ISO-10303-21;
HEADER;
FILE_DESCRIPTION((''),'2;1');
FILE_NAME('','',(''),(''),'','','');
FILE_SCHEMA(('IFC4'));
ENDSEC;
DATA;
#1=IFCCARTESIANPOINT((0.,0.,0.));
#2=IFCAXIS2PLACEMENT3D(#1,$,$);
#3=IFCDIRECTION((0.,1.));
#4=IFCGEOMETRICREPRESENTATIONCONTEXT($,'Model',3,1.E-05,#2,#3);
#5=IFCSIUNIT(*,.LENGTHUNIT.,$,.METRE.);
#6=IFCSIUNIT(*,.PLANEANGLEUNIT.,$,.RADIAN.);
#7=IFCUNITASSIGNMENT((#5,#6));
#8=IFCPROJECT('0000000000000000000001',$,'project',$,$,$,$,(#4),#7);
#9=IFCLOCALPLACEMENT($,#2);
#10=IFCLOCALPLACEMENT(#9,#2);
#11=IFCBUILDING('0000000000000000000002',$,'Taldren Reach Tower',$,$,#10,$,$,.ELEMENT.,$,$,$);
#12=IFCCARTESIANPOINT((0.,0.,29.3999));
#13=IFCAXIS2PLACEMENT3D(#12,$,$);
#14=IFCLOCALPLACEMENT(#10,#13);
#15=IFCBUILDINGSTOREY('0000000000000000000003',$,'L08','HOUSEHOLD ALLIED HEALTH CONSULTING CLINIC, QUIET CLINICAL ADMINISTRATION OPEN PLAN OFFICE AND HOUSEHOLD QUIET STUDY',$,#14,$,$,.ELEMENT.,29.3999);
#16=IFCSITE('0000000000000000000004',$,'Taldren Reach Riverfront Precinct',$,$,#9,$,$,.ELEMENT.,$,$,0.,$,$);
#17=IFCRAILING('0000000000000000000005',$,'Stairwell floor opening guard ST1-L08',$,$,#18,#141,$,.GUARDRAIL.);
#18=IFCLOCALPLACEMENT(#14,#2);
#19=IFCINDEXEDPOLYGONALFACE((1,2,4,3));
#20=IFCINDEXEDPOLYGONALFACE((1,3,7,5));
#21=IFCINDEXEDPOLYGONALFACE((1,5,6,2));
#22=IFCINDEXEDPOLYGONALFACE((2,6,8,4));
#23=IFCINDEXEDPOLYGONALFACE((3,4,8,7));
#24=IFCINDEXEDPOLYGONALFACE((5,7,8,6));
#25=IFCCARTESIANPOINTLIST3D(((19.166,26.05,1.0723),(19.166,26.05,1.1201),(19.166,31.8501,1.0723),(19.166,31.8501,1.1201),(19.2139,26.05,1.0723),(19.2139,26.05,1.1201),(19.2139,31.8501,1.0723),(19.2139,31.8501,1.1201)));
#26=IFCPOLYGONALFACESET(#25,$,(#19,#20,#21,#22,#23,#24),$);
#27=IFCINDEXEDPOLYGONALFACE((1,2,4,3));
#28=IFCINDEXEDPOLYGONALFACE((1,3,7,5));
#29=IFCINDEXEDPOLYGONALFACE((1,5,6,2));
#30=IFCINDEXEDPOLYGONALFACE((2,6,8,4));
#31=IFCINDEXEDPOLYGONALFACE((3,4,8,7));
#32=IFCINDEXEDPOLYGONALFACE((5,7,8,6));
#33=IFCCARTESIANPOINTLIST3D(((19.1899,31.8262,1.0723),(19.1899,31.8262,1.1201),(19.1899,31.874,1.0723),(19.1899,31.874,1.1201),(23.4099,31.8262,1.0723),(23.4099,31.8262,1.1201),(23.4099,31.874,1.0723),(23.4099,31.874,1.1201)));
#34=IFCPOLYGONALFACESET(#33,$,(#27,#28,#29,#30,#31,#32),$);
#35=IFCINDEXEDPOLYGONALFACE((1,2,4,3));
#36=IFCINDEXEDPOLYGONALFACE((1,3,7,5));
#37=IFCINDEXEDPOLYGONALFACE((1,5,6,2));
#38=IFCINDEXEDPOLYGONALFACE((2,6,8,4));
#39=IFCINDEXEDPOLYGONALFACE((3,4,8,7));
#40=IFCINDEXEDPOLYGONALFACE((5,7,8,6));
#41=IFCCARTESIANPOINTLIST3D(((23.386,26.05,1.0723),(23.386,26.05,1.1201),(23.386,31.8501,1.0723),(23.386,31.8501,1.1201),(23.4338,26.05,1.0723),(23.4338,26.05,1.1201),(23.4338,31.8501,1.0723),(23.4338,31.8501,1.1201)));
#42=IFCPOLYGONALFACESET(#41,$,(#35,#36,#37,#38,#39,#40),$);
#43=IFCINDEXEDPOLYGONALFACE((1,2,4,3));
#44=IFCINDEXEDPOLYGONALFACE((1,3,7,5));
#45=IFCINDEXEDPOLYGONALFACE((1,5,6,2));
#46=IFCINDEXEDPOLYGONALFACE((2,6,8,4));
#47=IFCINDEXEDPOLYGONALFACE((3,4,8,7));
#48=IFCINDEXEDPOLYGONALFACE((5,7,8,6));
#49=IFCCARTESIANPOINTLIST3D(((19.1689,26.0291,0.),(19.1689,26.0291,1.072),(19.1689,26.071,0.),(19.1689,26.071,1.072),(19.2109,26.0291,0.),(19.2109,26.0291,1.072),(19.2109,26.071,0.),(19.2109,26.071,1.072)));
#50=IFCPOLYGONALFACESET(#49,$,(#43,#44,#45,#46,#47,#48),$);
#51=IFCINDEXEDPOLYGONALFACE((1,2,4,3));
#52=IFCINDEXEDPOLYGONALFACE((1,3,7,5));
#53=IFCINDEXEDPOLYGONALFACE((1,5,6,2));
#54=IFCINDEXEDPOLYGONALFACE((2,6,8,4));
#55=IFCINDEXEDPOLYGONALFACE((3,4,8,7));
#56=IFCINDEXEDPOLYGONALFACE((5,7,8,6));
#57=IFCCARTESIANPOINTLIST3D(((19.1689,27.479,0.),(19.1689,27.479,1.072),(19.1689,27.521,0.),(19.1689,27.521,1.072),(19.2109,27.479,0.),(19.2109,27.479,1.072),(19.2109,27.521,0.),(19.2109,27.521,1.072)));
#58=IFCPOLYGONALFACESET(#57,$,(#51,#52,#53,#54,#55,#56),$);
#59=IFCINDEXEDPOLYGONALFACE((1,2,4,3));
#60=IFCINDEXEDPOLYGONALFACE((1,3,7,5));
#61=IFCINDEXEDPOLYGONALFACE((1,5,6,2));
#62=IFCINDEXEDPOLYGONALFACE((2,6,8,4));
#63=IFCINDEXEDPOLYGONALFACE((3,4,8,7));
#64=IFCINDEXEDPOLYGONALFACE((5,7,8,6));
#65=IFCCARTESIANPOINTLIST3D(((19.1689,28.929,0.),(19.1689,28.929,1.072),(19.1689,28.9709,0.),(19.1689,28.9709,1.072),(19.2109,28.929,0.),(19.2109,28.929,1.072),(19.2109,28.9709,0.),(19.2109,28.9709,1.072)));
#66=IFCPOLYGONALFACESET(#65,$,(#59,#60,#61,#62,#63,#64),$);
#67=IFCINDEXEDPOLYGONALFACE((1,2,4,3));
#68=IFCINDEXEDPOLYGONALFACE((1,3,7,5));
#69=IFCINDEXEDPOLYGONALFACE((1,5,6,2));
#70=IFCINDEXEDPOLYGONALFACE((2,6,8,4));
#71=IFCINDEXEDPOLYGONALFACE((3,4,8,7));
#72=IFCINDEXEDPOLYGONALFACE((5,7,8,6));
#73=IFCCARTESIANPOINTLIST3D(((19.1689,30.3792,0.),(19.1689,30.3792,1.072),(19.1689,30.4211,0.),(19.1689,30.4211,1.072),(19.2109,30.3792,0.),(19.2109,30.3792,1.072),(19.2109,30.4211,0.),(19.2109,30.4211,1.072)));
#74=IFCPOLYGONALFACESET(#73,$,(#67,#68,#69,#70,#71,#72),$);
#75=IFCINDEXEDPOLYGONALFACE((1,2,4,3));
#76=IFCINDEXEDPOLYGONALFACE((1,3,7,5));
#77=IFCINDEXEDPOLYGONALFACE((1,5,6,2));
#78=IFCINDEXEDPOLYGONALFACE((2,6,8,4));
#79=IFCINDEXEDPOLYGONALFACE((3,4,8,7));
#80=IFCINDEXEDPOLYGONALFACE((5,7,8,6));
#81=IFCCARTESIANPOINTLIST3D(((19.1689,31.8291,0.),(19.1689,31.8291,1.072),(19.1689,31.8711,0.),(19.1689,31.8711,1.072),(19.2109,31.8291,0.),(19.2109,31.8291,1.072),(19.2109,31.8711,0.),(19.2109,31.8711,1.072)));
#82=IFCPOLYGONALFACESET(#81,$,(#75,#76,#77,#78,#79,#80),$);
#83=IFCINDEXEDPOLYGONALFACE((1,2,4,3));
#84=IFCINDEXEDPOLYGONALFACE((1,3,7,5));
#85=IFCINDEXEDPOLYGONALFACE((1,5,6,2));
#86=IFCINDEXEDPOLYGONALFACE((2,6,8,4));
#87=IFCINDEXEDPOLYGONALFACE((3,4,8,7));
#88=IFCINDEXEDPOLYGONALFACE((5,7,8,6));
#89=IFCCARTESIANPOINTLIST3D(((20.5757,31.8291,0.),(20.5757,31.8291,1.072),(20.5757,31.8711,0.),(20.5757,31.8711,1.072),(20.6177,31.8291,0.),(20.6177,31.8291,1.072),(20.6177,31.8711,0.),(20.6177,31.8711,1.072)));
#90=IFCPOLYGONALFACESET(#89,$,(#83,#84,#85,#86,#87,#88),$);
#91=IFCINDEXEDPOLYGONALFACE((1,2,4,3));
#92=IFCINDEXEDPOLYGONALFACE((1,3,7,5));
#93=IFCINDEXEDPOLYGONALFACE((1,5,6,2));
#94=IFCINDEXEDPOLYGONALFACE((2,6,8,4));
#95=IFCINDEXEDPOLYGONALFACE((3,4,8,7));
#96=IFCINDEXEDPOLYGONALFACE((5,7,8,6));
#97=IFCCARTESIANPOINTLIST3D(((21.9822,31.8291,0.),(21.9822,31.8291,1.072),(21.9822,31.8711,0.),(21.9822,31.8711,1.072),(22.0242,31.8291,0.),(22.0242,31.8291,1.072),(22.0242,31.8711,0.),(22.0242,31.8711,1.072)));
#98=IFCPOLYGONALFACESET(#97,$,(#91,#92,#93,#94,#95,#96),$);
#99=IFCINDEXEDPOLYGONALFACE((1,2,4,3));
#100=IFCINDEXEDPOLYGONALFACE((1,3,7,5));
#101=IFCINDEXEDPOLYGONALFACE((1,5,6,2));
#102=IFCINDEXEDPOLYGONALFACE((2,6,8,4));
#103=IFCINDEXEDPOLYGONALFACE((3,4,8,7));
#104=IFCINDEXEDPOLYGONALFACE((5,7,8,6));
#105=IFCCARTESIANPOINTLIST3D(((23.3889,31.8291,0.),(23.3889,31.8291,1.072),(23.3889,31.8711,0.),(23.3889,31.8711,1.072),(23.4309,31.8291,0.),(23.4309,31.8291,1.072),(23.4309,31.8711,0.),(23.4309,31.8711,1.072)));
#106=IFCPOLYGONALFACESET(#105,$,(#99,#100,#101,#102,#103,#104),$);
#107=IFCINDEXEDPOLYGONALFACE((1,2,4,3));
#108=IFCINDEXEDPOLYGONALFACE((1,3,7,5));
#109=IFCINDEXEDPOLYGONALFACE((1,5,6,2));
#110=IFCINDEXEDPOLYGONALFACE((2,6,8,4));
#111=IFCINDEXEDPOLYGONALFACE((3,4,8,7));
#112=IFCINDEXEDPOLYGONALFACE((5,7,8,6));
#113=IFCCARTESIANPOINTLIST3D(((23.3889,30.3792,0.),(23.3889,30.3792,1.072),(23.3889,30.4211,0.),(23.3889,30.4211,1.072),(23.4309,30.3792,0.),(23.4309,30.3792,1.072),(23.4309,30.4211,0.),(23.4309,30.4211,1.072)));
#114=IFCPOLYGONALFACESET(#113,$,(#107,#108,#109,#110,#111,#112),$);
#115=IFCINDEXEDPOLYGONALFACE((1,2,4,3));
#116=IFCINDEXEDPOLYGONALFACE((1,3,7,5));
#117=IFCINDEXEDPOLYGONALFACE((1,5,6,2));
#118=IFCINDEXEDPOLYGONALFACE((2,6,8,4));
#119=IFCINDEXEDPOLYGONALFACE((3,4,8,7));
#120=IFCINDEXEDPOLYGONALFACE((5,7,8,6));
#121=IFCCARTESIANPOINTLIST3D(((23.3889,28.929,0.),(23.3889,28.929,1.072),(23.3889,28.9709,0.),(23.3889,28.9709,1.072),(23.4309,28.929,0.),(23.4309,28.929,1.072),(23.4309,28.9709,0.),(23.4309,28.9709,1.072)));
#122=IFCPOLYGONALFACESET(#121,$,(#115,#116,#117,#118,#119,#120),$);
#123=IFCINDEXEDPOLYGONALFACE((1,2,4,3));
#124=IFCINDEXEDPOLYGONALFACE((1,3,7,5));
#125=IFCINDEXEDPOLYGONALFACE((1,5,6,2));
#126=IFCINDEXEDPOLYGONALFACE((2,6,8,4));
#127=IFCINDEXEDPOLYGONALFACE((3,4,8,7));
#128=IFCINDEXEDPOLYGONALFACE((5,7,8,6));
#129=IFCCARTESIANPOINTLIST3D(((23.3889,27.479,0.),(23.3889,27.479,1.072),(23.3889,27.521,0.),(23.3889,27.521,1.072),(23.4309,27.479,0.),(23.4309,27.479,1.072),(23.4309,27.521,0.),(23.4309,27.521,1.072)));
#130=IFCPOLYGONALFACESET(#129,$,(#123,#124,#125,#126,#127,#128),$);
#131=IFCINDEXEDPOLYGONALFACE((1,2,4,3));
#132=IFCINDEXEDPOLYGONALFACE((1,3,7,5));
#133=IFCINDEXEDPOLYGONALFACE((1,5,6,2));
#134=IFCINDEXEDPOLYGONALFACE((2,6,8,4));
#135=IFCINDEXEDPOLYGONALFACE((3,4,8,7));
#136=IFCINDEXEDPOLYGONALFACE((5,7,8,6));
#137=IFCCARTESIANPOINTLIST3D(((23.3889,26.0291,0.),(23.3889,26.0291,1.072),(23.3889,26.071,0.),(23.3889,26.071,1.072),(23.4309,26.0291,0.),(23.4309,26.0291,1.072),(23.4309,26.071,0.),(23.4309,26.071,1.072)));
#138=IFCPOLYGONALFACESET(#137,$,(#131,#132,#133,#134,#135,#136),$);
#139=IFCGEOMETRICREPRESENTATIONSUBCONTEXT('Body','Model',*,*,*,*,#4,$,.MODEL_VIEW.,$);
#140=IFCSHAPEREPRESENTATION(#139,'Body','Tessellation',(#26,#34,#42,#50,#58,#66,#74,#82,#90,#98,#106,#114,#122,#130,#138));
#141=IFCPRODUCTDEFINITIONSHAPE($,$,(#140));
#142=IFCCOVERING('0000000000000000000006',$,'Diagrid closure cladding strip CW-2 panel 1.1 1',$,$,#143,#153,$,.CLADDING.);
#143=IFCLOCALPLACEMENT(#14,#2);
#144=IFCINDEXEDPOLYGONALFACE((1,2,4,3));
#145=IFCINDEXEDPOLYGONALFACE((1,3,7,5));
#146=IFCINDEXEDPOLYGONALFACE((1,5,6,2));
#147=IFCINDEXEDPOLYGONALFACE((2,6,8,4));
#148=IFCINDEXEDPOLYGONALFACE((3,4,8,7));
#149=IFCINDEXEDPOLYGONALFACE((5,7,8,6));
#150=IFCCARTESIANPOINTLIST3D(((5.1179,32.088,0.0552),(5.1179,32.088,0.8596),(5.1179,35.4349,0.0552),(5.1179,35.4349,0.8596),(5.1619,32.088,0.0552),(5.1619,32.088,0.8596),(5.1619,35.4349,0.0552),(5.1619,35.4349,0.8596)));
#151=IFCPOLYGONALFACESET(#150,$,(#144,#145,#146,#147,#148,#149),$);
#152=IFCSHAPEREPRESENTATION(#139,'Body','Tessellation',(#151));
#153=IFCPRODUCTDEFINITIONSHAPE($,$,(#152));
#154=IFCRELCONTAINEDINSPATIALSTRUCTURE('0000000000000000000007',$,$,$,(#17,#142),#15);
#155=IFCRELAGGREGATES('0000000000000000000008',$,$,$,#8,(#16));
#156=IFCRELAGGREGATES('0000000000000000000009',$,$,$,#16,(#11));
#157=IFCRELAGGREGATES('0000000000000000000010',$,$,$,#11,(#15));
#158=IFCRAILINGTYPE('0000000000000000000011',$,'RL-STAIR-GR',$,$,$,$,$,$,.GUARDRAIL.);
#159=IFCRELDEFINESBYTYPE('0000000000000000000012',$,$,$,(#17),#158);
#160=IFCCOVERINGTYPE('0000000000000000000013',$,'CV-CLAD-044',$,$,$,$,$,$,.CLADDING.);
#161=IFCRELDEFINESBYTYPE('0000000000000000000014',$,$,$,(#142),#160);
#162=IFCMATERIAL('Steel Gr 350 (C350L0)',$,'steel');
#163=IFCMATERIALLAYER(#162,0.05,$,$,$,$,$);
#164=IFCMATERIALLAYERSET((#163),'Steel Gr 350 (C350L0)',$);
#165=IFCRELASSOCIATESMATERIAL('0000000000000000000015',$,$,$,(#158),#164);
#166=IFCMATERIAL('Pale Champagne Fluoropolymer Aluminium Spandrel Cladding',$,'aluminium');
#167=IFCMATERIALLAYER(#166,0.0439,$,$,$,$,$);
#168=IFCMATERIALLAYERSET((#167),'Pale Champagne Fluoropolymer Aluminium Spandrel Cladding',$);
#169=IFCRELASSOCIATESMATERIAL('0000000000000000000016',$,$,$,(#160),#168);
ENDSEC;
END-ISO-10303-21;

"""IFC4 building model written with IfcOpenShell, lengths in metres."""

from ifc_helpers import new_model, si_unit, direction, frame, origin, origin_2d, place, context, subcontext, project, spatial, rectangle, extrude, source, transform, mapped, material, layer, layer_set, type_object, element, save


model = new_model("IFC4")

# Units and contexts
model_context = context("Model", 3, precision=1e-05, world=origin(), true_north=direction((0.0, 1.0)))
body_context = subcontext(model_context, "Body", "Model", "MODEL_VIEW")
ifc_project = project(units=[si_unit("LENGTHUNIT", "METRE"), si_unit("PLANEANGLEUNIT", "RADIAN")], contexts=[model_context])

# Site, building, storey
site_placement = place(None, origin())
site = spatial("IfcSite", under=ifc_project, at=site_placement, Name="Taldren Reach Riverfront Precinct", CompositionType="ELEMENT", RefElevation=0.0)
building_placement = place(site_placement, origin())
building = spatial("IfcBuilding", under=site, at=building_placement, Name="Taldren Reach Tower", CompositionType="ELEMENT")
storey_placement = place(building_placement, frame((0.0, 0.0, 29.3999)))
storey = spatial("IfcBuildingStorey", under=building, at=storey_placement, Name="L08", Description="HOUSEHOLD ALLIED HEALTH CONSULTING CLINIC, QUIET CLINICAL ADMINISTRATION OPEN PLAN OFFICE AND HOUSEHOLD QUIET STUDY", CompositionType="ELEMENT", Elevation=29.3999)

# Shared definitions
ifc_material_1 = material(Name="Steel Gr 350 (C350L0)", Category="steel")

# Railing
ifc_layer_1 = layer(ifc_material_1, 0.05)
ifc_layer_set_1 = layer_set([ifc_layer_1], Name="Steel Gr 350 (C350L0)")
railing_type = type_object("IfcRailingType", Name="RL-STAIR-GR", PredefinedType="GUARDRAIL", material=ifc_layer_set_1)
railing_1_placement = place(storey_placement, frame((19.1899, 26.05, 0.0)))
element("IfcRailing", 1, at=railing_1_placement, inside=storey, type_object=railing_type, Name="Stairwell floor opening guard ST1-L08", PredefinedType="GUARDRAIL", context=body_context, shape_type="SweptSolid", body=[
    extrude(rectangle(XDim=0.0479, YDim=0.0479, at=origin_2d()), frame((0.0, 0.0, 1.0962), z_axis=(0.0, 1.0, 0.0), x_axis=(-1.0, 0.0, 0.0)), (0.0, 0.0, 1.0), 5.8),
    extrude(rectangle(XDim=0.0479, YDim=0.0479, at=origin_2d()), frame((0.0, 5.8, 1.0962), z_axis=(1.0, 0.0, 0.0), x_axis=(0.0, 1.0, 0.0)), (0.0, 0.0, 1.0), 4.22),
    extrude(rectangle(XDim=0.0479, YDim=0.0479, at=origin_2d()), frame((4.22, 5.8, 1.0962), z_axis=(0.0, -1.0, 0.0), x_axis=(1.0, 0.0, 0.0)), (0.0, 0.0, 1.0), 5.8),
    extrude(rectangle(XDim=0.042, YDim=0.042, at=origin_2d()), origin(), (0.0, 0.0, 1.0), 1.072),
    extrude(rectangle(XDim=0.042, YDim=0.042, at=origin_2d()), frame((0.0, 1.45, 0.0)), (0.0, 0.0, 1.0), 1.072),
    extrude(rectangle(XDim=0.042, YDim=0.042, at=origin_2d()), frame((0.0, 2.8999, 0.0)), (0.0, 0.0, 1.0), 1.072),
    extrude(rectangle(XDim=0.042, YDim=0.042, at=origin_2d()), frame((0.0, 4.3501, 0.0)), (0.0, 0.0, 1.0), 1.072),
    extrude(rectangle(XDim=0.042, YDim=0.042, at=origin_2d()), frame((0.0, 5.8, 0.0)), (0.0, 0.0, 1.0), 1.072),
    extrude(rectangle(XDim=0.042, YDim=0.042, at=origin_2d()), frame((1.4067, 5.8, 0.0)), (0.0, 0.0, 1.0), 1.072),
    extrude(rectangle(XDim=0.042, YDim=0.042, at=origin_2d()), frame((2.8132, 5.8, 0.0)), (0.0, 0.0, 1.0), 1.072),
    extrude(rectangle(XDim=0.042, YDim=0.042, at=origin_2d()), frame((4.22, 5.8, 0.0)), (0.0, 0.0, 1.0), 1.072),
    extrude(rectangle(XDim=0.042, YDim=0.042, at=origin_2d()), frame((4.22, 4.3501, 0.0)), (0.0, 0.0, 1.0), 1.072),
    extrude(rectangle(XDim=0.042, YDim=0.042, at=origin_2d()), frame((4.22, 2.8999, 0.0)), (0.0, 0.0, 1.0), 1.072),
    extrude(rectangle(XDim=0.042, YDim=0.042, at=origin_2d()), frame((4.22, 1.45, 0.0)), (0.0, 0.0, 1.0), 1.072),
    extrude(rectangle(XDim=0.042, YDim=0.042, at=origin_2d()), frame((4.22, 0.0, 0.0)), (0.0, 0.0, 1.0), 1.072),
])

# Covering
ifc_material_2 = material(Name="Pale Champagne Fluoropolymer Aluminium Spandrel Cladding", Category="aluminium")
ifc_layer_2 = layer(ifc_material_2, 0.0439)
ifc_layer_set_2 = layer_set([ifc_layer_2], Name="Pale Champagne Fluoropolymer Aluminium Spandrel Cladding")
covering_type = type_object("IfcCoveringType", Name="CV-CLAD-044", PredefinedType="CLADDING", material=ifc_layer_set_2)
shared_shape_1 = source(origin(), body_context, "Body", "SweptSolid", [
    extrude(rectangle(XDim=3.3469, YDim=0.0439, at=origin_2d()), origin(), (0.0, 0.0, 1.0), 0.8044),
])
covering_placement = place(storey_placement, frame((5.1399, 33.7615, 0.0552), z_axis=(0.0, 0.0, 1.0), x_axis=(0.0, -1.0, 0.0)))
element("IfcCovering", 2, at=covering_placement, inside=storey, type_object=covering_type, Name="Diagrid closure cladding strip CW-2 panel 1.1 1", PredefinedType="CLADDING", context=body_context, shape_type="MappedRepresentation", body=[
    mapped(shared_shape_1, transform((0.0, 0.0, 0.0), scale=1.0)),
])

save(model, "model.ifc")
